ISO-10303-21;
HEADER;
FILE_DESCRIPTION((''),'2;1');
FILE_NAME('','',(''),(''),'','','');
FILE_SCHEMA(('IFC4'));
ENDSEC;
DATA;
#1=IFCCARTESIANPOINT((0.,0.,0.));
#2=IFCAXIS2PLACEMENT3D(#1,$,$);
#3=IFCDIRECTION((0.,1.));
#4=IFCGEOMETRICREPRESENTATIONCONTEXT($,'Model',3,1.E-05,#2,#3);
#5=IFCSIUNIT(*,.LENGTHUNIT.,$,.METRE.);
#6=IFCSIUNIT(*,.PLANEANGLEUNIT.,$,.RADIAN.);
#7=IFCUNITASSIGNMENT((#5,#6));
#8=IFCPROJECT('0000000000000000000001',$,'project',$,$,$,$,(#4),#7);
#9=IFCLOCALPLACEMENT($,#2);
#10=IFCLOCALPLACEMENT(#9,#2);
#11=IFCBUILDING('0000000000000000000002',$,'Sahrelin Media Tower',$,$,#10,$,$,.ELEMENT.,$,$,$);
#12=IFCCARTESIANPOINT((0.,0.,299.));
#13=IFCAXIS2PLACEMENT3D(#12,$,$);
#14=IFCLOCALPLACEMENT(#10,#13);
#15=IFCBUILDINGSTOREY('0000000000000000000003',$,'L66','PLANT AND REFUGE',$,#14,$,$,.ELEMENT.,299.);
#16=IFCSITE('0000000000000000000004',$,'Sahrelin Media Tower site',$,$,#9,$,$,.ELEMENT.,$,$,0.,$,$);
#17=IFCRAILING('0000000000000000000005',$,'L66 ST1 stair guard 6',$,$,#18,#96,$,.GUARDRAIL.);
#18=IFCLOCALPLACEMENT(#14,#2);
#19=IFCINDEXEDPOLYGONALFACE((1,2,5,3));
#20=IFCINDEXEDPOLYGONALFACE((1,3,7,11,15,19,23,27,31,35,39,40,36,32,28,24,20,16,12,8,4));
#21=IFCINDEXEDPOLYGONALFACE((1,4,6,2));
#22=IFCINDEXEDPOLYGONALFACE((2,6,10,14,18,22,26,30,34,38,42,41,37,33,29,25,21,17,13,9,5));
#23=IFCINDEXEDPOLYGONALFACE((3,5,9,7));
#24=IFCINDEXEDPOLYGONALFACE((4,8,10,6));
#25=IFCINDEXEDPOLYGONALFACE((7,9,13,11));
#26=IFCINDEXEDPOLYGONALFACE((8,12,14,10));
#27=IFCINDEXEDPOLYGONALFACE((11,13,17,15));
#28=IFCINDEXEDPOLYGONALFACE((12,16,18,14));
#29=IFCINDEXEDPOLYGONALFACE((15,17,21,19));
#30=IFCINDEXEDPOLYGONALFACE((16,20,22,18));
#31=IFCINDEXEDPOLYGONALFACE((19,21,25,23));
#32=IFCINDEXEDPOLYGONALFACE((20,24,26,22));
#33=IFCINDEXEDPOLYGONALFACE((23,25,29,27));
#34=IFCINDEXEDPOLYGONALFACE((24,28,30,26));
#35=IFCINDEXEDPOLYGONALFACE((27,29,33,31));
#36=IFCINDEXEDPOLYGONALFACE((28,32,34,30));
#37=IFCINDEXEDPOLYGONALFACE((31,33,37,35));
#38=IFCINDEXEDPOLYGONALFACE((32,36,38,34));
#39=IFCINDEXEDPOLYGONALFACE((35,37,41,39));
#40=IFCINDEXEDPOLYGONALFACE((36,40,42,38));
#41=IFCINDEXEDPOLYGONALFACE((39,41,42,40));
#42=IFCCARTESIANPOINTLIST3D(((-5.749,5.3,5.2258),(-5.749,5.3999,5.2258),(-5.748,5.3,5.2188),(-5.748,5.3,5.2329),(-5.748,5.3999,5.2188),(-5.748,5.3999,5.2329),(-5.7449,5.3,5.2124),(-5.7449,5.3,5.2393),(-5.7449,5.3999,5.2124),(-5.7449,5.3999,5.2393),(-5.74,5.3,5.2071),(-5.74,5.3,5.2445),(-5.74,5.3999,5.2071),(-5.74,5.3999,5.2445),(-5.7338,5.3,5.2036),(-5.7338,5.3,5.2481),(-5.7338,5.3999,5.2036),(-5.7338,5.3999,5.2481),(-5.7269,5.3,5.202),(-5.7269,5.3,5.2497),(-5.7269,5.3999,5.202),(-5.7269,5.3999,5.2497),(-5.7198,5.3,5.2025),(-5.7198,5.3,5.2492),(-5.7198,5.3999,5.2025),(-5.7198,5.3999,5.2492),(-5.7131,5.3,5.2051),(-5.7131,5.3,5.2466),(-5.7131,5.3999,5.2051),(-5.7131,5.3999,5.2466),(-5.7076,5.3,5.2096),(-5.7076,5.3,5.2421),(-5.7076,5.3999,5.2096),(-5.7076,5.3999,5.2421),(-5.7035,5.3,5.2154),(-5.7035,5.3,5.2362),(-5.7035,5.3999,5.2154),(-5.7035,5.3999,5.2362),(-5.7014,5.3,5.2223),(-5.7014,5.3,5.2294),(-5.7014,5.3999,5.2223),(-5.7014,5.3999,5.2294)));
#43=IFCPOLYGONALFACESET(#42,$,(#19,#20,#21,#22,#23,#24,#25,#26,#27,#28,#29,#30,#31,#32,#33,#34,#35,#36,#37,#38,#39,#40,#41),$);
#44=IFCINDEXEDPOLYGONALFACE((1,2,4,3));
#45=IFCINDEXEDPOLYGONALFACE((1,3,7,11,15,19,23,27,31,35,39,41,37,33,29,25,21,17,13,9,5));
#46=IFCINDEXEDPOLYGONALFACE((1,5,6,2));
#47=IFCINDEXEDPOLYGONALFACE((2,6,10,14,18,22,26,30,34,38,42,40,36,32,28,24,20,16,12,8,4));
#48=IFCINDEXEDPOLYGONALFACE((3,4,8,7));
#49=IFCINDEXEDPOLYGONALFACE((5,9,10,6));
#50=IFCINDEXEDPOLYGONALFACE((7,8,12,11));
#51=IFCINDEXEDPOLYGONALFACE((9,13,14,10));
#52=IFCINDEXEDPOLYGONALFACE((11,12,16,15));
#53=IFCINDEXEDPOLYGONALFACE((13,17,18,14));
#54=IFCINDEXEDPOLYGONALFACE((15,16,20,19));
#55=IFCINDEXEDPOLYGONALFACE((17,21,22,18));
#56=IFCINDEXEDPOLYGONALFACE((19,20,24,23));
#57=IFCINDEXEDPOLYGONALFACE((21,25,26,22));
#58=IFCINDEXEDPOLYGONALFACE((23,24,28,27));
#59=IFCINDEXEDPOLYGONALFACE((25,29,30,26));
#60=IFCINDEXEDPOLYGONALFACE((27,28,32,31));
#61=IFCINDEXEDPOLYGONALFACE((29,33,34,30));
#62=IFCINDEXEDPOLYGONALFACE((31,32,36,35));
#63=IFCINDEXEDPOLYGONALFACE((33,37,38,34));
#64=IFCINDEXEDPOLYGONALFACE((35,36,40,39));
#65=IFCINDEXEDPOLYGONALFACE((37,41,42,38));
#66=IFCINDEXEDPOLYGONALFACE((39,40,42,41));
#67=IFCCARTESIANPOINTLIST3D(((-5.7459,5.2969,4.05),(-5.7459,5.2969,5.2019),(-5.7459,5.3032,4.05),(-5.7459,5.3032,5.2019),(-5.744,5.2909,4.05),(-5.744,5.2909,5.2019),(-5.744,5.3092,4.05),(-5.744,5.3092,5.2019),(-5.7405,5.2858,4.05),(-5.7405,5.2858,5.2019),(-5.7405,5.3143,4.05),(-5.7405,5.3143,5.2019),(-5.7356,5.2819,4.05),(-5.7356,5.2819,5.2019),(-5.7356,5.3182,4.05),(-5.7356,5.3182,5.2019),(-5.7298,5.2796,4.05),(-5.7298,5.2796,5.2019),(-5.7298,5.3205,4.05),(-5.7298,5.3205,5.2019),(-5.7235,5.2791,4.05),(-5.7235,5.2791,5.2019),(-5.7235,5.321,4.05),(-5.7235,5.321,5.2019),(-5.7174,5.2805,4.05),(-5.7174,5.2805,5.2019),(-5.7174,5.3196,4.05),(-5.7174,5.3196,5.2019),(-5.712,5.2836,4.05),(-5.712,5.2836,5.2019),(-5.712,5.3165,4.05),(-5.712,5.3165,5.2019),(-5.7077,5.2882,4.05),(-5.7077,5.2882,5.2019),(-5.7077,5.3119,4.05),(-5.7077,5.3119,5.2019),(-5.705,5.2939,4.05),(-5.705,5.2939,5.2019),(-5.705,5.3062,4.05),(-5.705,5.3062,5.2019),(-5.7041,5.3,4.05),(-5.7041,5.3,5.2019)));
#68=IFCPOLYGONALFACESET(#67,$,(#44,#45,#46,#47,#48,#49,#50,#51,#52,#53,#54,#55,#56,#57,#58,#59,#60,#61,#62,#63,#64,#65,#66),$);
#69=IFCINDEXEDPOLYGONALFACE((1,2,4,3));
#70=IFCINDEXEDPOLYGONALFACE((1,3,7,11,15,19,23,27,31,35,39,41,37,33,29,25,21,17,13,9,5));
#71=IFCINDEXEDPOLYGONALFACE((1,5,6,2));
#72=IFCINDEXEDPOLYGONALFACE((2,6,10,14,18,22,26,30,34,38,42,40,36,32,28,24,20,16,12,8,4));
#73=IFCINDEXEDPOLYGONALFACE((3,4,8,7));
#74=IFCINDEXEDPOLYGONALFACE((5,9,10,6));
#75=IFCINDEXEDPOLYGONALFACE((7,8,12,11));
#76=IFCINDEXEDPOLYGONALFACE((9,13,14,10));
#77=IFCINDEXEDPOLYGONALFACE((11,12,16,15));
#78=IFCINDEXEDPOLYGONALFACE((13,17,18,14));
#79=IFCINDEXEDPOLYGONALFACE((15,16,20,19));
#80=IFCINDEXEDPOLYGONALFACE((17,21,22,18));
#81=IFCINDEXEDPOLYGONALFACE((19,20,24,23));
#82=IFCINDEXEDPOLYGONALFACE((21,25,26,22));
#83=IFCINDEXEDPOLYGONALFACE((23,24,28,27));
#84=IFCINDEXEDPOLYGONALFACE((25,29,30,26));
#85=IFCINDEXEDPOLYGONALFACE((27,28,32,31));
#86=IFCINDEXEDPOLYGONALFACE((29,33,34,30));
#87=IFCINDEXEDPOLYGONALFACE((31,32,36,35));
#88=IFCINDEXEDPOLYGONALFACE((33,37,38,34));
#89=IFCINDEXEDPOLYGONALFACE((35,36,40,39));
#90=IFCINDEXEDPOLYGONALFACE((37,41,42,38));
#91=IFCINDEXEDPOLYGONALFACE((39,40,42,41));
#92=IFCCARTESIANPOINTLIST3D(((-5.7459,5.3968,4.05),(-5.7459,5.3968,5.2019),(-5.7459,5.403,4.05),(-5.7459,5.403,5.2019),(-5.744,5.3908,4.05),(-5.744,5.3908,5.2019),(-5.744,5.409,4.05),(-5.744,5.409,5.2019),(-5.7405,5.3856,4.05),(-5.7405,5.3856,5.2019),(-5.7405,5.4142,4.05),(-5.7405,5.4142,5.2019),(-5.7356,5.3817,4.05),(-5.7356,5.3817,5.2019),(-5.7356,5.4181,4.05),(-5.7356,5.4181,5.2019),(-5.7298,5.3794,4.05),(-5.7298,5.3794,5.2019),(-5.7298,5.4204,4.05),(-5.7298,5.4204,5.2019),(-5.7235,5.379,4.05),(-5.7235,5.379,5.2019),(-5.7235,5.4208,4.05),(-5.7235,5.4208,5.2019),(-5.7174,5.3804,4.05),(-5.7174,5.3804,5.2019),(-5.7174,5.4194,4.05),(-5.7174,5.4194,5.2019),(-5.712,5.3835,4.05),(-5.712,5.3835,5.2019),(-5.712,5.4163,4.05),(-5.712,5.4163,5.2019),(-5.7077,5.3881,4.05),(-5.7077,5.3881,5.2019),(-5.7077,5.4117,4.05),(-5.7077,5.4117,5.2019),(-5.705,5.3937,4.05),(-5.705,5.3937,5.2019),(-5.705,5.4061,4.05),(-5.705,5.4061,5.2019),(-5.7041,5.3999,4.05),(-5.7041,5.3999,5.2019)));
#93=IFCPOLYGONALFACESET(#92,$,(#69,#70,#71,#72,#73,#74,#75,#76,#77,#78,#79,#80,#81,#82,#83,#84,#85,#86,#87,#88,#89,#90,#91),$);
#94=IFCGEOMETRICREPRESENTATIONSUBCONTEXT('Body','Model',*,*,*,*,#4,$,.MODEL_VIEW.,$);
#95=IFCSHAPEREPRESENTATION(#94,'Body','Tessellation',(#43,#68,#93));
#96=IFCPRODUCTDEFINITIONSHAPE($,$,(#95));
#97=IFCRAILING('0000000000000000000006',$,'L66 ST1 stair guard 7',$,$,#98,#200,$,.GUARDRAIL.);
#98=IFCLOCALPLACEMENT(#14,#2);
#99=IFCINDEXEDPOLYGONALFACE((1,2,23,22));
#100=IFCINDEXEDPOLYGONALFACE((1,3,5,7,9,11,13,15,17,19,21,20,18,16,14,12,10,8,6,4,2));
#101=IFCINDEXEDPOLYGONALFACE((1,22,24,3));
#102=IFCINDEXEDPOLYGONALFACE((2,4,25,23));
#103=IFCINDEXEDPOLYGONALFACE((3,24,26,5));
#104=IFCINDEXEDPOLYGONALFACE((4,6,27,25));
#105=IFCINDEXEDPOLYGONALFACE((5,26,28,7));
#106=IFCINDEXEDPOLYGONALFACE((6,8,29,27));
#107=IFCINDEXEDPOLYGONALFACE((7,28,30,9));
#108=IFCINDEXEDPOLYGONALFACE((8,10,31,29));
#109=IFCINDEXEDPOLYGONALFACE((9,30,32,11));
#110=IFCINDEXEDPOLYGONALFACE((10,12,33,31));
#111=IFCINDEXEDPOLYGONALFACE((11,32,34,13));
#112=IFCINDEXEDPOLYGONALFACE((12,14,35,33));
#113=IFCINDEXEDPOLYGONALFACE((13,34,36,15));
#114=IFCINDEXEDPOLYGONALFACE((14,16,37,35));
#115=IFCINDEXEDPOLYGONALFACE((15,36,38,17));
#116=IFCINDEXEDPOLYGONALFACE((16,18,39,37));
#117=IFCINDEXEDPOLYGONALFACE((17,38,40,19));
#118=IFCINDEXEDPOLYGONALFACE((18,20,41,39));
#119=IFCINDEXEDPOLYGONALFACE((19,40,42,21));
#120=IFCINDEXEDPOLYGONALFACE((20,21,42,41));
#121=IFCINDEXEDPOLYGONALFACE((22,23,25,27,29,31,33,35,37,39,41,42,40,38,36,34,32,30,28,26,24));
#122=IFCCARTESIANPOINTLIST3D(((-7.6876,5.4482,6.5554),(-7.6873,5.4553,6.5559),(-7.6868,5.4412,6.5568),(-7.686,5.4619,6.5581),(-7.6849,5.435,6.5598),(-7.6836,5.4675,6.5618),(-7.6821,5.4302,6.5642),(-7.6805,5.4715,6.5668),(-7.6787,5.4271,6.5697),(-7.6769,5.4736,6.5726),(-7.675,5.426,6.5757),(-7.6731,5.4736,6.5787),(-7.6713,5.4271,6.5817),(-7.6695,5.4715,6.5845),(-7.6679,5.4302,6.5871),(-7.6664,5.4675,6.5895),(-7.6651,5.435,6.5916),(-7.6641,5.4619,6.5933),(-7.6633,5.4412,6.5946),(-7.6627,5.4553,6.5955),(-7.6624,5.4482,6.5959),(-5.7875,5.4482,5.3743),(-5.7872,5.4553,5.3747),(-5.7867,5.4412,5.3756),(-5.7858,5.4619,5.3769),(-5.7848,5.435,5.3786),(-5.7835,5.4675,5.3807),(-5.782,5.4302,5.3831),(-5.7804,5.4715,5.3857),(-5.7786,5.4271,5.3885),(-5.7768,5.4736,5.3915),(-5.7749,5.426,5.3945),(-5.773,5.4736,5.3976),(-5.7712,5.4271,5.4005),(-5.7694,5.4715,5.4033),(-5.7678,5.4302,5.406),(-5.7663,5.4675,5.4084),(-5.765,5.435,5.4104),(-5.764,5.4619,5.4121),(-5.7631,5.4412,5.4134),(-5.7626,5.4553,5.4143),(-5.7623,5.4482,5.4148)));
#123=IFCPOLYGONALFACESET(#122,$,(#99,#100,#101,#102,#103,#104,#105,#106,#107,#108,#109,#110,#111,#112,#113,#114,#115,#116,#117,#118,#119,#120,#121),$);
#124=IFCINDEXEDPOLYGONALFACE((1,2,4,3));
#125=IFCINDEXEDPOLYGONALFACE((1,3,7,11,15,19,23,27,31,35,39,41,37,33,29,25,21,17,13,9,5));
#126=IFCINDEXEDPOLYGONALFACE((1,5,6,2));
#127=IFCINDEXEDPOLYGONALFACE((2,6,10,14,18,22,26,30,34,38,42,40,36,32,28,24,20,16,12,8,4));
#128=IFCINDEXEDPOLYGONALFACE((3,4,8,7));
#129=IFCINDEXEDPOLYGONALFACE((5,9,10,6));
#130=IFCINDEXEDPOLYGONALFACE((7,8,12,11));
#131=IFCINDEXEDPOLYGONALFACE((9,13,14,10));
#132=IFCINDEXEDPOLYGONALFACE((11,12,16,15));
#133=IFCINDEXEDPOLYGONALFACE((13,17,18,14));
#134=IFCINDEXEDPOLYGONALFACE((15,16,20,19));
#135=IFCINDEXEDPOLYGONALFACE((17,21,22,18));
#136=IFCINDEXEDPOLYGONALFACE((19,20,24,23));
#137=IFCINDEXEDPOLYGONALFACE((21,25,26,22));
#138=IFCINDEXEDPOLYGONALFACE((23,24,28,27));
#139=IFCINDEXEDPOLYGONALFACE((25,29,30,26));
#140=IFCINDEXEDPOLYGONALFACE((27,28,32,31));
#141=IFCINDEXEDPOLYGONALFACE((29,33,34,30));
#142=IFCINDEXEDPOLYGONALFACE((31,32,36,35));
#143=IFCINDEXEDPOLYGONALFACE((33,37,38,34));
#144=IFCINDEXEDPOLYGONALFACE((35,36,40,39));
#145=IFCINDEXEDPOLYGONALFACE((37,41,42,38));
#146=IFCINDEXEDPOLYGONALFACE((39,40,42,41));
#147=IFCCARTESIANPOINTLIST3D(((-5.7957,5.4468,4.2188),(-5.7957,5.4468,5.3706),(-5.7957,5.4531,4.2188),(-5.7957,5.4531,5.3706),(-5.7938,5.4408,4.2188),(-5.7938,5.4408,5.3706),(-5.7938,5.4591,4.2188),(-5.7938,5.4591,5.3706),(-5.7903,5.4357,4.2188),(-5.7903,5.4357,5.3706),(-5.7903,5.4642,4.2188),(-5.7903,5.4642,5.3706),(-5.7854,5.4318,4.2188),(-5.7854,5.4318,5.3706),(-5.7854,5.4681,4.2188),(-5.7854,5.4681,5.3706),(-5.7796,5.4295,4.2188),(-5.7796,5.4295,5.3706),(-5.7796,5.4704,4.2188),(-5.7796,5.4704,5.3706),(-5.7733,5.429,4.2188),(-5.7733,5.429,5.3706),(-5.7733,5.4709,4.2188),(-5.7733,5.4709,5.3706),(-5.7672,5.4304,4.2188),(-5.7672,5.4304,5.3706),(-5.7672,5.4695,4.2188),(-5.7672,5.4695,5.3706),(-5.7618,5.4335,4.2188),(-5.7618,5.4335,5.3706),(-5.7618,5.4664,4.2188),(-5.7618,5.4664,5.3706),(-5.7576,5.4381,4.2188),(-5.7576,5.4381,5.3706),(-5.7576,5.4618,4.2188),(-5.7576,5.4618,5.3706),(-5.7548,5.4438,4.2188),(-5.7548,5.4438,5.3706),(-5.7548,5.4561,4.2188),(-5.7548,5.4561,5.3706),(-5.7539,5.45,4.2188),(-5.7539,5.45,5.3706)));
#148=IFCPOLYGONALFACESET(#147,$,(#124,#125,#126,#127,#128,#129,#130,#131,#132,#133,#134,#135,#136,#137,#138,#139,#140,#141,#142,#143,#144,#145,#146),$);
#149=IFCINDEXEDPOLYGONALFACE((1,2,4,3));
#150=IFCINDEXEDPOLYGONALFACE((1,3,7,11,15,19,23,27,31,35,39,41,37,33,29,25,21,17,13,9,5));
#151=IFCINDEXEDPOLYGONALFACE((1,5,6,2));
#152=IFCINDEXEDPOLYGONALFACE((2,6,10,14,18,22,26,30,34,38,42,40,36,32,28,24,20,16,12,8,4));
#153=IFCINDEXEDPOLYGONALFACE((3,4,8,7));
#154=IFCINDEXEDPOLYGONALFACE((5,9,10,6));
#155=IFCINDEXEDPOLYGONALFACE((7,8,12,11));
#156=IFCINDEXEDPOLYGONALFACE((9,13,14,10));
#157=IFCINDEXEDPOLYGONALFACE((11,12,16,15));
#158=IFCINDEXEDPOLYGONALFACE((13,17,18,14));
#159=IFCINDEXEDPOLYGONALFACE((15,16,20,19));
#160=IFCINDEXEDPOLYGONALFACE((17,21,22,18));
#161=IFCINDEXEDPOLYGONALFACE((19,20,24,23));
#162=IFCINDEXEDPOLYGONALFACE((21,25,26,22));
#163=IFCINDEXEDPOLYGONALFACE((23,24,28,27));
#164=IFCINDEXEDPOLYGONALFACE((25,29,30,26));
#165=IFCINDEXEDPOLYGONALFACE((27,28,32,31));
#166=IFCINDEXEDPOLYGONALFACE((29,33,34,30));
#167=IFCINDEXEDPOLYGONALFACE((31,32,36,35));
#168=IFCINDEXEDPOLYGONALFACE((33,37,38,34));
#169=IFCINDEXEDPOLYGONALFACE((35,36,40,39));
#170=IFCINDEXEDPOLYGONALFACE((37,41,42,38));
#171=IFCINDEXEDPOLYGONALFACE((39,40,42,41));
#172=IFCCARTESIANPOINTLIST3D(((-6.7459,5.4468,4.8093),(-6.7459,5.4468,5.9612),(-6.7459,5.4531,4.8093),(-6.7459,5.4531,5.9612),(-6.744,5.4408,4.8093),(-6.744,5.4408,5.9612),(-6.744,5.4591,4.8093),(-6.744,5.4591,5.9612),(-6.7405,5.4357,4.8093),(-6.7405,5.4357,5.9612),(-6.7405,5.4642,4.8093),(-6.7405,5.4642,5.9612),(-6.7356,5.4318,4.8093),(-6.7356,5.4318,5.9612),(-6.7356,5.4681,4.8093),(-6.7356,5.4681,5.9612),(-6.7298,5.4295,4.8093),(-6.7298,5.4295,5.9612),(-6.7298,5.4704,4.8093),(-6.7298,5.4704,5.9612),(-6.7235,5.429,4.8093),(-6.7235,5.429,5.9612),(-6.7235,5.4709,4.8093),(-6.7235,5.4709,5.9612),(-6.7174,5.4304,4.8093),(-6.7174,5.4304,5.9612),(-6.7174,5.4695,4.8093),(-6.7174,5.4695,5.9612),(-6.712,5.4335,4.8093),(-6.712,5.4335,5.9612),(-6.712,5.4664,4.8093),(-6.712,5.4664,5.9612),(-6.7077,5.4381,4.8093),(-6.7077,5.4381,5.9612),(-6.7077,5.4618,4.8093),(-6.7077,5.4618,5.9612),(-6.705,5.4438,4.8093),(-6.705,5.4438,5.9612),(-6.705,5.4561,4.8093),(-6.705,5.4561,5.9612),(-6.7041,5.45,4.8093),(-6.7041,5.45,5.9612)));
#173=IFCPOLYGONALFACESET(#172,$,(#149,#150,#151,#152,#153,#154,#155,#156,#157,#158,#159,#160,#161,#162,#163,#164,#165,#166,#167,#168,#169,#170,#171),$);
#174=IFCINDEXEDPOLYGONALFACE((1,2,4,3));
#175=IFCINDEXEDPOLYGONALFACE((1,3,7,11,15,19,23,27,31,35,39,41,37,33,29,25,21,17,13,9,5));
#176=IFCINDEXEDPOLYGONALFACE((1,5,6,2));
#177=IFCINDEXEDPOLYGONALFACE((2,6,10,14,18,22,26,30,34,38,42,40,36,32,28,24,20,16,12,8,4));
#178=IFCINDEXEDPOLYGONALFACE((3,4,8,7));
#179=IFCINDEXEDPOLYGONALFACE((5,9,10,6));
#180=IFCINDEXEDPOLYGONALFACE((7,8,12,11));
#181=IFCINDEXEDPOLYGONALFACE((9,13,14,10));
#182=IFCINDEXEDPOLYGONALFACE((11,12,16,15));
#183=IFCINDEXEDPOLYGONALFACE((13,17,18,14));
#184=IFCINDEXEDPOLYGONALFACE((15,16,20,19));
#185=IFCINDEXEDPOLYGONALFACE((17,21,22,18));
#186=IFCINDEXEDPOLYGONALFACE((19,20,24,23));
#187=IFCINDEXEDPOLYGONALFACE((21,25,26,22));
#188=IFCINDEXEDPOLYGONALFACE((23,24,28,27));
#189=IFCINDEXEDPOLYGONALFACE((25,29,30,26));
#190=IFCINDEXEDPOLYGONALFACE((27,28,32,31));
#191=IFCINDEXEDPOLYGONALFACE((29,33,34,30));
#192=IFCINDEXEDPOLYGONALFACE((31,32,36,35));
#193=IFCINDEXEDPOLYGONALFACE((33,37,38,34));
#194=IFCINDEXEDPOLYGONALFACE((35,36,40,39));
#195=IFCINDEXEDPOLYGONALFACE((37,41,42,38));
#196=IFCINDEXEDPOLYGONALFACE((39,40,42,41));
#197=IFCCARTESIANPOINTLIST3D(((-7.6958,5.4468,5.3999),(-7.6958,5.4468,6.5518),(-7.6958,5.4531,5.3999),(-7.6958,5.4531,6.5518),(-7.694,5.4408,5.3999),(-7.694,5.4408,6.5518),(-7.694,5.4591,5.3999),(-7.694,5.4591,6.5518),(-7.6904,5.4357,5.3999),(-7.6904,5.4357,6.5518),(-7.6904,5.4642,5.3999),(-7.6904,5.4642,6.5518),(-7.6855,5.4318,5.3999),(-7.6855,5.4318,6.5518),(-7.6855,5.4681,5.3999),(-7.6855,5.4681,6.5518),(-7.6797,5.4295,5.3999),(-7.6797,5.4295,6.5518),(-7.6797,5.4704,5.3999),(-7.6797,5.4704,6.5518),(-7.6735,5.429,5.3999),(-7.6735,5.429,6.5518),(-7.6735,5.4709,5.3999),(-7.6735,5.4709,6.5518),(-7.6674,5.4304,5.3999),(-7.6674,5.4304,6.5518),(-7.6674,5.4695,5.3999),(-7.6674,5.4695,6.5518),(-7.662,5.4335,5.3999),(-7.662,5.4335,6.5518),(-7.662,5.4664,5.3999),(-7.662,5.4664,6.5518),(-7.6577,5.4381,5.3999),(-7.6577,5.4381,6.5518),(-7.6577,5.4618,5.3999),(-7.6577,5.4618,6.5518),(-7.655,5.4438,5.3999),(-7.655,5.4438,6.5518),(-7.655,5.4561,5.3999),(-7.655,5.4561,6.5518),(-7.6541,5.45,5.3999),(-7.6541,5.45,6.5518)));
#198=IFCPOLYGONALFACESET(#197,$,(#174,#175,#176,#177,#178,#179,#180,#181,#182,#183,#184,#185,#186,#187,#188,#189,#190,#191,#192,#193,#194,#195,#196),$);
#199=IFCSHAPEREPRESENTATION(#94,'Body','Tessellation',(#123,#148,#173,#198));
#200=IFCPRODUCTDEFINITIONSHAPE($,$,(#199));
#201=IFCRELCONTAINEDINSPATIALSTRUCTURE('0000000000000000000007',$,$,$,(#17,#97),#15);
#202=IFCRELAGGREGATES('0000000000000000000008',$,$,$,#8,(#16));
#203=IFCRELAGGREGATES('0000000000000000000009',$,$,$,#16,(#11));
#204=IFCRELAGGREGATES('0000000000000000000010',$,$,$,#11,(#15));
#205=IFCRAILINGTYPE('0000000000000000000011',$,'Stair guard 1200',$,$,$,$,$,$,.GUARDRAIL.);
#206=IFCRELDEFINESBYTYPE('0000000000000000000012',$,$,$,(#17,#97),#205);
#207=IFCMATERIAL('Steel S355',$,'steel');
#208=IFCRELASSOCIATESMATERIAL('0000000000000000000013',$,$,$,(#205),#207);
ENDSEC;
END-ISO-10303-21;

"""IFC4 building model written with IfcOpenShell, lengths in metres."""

from ifc_helpers import new_model, si_unit, direction, frame, origin, origin_2d, place, context, subcontext, project, spatial, circle, extrude, material, type_object, element, save


model = new_model("IFC4")

# Units and contexts
model_context = context("Model", 3, precision=1e-05, world=origin(), true_north=direction((0.0, 1.0)))
body_context = subcontext(model_context, "Body", "Model", "MODEL_VIEW")
ifc_project = project(units=[si_unit("LENGTHUNIT", "METRE"), si_unit("PLANEANGLEUNIT", "RADIAN")], contexts=[model_context])

# Site, building, storey
site_placement = place(None, origin())
site = spatial("IfcSite", under=ifc_project, at=site_placement, Name="Sahrelin Media Tower site", CompositionType="ELEMENT", RefElevation=0.0)
building_placement = place(site_placement, origin())
building = spatial("IfcBuilding", under=site, at=building_placement, Name="Sahrelin Media Tower", CompositionType="ELEMENT")
storey_placement = place(building_placement, frame((0.0, 0.0, 299.0)))
storey = spatial("IfcBuildingStorey", under=building, at=storey_placement, Name="L66", Description="PLANT AND REFUGE", CompositionType="ELEMENT", Elevation=299.0)

# Shared definitions
ifc_material_1 = material(Name="Steel S355", Category="steel")

# Railings
railing_type_1 = type_object("IfcRailingType", Name="Stair guard 1200", PredefinedType="GUARDRAIL", material=ifc_material_1)
railing_1_placement = place(storey_placement, frame((-5.7251, 5.3, 4.05)))
element("IfcRailing", 1, at=railing_1_placement, inside=storey, type_object=railing_type_1, Name="L66 ST1 stair guard 6", PredefinedType="GUARDRAIL", context=body_context, shape_type="SweptSolid", body=[
    extrude(circle(Radius=0.0239, at=origin_2d()), frame((0.0, 0.0, 1.1758), z_axis=(0.0, 1.0, 0.0), x_axis=(-1.0, 0.0, 0.0)), (0.0, 0.0, 1.0), 0.0999),
    extrude(circle(Radius=0.021, at=origin_2d()), origin(), (0.0, 0.0, 1.0), 1.1519),
    extrude(circle(Radius=0.021, at=origin_2d()), frame((0.0, 0.0999, 0.0)), (0.0, 0.0, 1.0), 1.1519),
])
railing_2_placement = place(storey_placement, frame((-5.7749, 5.45, 4.2188)))
element("IfcRailing", 2, at=railing_2_placement, inside=storey, type_object=railing_type_1, Name="L66 ST1 stair guard 7", PredefinedType="GUARDRAIL", context=body_context, shape_type="SweptSolid", body=[
    extrude(circle(Radius=0.0239, at=origin_2d()), frame((0.0, 0.0, 1.1758), z_axis=(-0.849289, 0.0, 0.527928), x_axis=(0.0, -1.0, 0.0)), (0.0, 0.0, 1.0), 2.2373),
    extrude(circle(Radius=0.021, at=origin_2d()), origin(), (0.0, 0.0, 1.0), 1.1519),
    extrude(circle(Radius=0.021, at=origin_2d()), frame((-0.9502, 0.0, 0.5906)), (0.0, 0.0, 1.0), 1.1519),
    extrude(circle(Radius=0.021, at=origin_2d()), frame((-1.9001, 0.0, 1.1812)), (0.0, 0.0, 1.0), 1.1519),
])

save(model, "model.ifc")
